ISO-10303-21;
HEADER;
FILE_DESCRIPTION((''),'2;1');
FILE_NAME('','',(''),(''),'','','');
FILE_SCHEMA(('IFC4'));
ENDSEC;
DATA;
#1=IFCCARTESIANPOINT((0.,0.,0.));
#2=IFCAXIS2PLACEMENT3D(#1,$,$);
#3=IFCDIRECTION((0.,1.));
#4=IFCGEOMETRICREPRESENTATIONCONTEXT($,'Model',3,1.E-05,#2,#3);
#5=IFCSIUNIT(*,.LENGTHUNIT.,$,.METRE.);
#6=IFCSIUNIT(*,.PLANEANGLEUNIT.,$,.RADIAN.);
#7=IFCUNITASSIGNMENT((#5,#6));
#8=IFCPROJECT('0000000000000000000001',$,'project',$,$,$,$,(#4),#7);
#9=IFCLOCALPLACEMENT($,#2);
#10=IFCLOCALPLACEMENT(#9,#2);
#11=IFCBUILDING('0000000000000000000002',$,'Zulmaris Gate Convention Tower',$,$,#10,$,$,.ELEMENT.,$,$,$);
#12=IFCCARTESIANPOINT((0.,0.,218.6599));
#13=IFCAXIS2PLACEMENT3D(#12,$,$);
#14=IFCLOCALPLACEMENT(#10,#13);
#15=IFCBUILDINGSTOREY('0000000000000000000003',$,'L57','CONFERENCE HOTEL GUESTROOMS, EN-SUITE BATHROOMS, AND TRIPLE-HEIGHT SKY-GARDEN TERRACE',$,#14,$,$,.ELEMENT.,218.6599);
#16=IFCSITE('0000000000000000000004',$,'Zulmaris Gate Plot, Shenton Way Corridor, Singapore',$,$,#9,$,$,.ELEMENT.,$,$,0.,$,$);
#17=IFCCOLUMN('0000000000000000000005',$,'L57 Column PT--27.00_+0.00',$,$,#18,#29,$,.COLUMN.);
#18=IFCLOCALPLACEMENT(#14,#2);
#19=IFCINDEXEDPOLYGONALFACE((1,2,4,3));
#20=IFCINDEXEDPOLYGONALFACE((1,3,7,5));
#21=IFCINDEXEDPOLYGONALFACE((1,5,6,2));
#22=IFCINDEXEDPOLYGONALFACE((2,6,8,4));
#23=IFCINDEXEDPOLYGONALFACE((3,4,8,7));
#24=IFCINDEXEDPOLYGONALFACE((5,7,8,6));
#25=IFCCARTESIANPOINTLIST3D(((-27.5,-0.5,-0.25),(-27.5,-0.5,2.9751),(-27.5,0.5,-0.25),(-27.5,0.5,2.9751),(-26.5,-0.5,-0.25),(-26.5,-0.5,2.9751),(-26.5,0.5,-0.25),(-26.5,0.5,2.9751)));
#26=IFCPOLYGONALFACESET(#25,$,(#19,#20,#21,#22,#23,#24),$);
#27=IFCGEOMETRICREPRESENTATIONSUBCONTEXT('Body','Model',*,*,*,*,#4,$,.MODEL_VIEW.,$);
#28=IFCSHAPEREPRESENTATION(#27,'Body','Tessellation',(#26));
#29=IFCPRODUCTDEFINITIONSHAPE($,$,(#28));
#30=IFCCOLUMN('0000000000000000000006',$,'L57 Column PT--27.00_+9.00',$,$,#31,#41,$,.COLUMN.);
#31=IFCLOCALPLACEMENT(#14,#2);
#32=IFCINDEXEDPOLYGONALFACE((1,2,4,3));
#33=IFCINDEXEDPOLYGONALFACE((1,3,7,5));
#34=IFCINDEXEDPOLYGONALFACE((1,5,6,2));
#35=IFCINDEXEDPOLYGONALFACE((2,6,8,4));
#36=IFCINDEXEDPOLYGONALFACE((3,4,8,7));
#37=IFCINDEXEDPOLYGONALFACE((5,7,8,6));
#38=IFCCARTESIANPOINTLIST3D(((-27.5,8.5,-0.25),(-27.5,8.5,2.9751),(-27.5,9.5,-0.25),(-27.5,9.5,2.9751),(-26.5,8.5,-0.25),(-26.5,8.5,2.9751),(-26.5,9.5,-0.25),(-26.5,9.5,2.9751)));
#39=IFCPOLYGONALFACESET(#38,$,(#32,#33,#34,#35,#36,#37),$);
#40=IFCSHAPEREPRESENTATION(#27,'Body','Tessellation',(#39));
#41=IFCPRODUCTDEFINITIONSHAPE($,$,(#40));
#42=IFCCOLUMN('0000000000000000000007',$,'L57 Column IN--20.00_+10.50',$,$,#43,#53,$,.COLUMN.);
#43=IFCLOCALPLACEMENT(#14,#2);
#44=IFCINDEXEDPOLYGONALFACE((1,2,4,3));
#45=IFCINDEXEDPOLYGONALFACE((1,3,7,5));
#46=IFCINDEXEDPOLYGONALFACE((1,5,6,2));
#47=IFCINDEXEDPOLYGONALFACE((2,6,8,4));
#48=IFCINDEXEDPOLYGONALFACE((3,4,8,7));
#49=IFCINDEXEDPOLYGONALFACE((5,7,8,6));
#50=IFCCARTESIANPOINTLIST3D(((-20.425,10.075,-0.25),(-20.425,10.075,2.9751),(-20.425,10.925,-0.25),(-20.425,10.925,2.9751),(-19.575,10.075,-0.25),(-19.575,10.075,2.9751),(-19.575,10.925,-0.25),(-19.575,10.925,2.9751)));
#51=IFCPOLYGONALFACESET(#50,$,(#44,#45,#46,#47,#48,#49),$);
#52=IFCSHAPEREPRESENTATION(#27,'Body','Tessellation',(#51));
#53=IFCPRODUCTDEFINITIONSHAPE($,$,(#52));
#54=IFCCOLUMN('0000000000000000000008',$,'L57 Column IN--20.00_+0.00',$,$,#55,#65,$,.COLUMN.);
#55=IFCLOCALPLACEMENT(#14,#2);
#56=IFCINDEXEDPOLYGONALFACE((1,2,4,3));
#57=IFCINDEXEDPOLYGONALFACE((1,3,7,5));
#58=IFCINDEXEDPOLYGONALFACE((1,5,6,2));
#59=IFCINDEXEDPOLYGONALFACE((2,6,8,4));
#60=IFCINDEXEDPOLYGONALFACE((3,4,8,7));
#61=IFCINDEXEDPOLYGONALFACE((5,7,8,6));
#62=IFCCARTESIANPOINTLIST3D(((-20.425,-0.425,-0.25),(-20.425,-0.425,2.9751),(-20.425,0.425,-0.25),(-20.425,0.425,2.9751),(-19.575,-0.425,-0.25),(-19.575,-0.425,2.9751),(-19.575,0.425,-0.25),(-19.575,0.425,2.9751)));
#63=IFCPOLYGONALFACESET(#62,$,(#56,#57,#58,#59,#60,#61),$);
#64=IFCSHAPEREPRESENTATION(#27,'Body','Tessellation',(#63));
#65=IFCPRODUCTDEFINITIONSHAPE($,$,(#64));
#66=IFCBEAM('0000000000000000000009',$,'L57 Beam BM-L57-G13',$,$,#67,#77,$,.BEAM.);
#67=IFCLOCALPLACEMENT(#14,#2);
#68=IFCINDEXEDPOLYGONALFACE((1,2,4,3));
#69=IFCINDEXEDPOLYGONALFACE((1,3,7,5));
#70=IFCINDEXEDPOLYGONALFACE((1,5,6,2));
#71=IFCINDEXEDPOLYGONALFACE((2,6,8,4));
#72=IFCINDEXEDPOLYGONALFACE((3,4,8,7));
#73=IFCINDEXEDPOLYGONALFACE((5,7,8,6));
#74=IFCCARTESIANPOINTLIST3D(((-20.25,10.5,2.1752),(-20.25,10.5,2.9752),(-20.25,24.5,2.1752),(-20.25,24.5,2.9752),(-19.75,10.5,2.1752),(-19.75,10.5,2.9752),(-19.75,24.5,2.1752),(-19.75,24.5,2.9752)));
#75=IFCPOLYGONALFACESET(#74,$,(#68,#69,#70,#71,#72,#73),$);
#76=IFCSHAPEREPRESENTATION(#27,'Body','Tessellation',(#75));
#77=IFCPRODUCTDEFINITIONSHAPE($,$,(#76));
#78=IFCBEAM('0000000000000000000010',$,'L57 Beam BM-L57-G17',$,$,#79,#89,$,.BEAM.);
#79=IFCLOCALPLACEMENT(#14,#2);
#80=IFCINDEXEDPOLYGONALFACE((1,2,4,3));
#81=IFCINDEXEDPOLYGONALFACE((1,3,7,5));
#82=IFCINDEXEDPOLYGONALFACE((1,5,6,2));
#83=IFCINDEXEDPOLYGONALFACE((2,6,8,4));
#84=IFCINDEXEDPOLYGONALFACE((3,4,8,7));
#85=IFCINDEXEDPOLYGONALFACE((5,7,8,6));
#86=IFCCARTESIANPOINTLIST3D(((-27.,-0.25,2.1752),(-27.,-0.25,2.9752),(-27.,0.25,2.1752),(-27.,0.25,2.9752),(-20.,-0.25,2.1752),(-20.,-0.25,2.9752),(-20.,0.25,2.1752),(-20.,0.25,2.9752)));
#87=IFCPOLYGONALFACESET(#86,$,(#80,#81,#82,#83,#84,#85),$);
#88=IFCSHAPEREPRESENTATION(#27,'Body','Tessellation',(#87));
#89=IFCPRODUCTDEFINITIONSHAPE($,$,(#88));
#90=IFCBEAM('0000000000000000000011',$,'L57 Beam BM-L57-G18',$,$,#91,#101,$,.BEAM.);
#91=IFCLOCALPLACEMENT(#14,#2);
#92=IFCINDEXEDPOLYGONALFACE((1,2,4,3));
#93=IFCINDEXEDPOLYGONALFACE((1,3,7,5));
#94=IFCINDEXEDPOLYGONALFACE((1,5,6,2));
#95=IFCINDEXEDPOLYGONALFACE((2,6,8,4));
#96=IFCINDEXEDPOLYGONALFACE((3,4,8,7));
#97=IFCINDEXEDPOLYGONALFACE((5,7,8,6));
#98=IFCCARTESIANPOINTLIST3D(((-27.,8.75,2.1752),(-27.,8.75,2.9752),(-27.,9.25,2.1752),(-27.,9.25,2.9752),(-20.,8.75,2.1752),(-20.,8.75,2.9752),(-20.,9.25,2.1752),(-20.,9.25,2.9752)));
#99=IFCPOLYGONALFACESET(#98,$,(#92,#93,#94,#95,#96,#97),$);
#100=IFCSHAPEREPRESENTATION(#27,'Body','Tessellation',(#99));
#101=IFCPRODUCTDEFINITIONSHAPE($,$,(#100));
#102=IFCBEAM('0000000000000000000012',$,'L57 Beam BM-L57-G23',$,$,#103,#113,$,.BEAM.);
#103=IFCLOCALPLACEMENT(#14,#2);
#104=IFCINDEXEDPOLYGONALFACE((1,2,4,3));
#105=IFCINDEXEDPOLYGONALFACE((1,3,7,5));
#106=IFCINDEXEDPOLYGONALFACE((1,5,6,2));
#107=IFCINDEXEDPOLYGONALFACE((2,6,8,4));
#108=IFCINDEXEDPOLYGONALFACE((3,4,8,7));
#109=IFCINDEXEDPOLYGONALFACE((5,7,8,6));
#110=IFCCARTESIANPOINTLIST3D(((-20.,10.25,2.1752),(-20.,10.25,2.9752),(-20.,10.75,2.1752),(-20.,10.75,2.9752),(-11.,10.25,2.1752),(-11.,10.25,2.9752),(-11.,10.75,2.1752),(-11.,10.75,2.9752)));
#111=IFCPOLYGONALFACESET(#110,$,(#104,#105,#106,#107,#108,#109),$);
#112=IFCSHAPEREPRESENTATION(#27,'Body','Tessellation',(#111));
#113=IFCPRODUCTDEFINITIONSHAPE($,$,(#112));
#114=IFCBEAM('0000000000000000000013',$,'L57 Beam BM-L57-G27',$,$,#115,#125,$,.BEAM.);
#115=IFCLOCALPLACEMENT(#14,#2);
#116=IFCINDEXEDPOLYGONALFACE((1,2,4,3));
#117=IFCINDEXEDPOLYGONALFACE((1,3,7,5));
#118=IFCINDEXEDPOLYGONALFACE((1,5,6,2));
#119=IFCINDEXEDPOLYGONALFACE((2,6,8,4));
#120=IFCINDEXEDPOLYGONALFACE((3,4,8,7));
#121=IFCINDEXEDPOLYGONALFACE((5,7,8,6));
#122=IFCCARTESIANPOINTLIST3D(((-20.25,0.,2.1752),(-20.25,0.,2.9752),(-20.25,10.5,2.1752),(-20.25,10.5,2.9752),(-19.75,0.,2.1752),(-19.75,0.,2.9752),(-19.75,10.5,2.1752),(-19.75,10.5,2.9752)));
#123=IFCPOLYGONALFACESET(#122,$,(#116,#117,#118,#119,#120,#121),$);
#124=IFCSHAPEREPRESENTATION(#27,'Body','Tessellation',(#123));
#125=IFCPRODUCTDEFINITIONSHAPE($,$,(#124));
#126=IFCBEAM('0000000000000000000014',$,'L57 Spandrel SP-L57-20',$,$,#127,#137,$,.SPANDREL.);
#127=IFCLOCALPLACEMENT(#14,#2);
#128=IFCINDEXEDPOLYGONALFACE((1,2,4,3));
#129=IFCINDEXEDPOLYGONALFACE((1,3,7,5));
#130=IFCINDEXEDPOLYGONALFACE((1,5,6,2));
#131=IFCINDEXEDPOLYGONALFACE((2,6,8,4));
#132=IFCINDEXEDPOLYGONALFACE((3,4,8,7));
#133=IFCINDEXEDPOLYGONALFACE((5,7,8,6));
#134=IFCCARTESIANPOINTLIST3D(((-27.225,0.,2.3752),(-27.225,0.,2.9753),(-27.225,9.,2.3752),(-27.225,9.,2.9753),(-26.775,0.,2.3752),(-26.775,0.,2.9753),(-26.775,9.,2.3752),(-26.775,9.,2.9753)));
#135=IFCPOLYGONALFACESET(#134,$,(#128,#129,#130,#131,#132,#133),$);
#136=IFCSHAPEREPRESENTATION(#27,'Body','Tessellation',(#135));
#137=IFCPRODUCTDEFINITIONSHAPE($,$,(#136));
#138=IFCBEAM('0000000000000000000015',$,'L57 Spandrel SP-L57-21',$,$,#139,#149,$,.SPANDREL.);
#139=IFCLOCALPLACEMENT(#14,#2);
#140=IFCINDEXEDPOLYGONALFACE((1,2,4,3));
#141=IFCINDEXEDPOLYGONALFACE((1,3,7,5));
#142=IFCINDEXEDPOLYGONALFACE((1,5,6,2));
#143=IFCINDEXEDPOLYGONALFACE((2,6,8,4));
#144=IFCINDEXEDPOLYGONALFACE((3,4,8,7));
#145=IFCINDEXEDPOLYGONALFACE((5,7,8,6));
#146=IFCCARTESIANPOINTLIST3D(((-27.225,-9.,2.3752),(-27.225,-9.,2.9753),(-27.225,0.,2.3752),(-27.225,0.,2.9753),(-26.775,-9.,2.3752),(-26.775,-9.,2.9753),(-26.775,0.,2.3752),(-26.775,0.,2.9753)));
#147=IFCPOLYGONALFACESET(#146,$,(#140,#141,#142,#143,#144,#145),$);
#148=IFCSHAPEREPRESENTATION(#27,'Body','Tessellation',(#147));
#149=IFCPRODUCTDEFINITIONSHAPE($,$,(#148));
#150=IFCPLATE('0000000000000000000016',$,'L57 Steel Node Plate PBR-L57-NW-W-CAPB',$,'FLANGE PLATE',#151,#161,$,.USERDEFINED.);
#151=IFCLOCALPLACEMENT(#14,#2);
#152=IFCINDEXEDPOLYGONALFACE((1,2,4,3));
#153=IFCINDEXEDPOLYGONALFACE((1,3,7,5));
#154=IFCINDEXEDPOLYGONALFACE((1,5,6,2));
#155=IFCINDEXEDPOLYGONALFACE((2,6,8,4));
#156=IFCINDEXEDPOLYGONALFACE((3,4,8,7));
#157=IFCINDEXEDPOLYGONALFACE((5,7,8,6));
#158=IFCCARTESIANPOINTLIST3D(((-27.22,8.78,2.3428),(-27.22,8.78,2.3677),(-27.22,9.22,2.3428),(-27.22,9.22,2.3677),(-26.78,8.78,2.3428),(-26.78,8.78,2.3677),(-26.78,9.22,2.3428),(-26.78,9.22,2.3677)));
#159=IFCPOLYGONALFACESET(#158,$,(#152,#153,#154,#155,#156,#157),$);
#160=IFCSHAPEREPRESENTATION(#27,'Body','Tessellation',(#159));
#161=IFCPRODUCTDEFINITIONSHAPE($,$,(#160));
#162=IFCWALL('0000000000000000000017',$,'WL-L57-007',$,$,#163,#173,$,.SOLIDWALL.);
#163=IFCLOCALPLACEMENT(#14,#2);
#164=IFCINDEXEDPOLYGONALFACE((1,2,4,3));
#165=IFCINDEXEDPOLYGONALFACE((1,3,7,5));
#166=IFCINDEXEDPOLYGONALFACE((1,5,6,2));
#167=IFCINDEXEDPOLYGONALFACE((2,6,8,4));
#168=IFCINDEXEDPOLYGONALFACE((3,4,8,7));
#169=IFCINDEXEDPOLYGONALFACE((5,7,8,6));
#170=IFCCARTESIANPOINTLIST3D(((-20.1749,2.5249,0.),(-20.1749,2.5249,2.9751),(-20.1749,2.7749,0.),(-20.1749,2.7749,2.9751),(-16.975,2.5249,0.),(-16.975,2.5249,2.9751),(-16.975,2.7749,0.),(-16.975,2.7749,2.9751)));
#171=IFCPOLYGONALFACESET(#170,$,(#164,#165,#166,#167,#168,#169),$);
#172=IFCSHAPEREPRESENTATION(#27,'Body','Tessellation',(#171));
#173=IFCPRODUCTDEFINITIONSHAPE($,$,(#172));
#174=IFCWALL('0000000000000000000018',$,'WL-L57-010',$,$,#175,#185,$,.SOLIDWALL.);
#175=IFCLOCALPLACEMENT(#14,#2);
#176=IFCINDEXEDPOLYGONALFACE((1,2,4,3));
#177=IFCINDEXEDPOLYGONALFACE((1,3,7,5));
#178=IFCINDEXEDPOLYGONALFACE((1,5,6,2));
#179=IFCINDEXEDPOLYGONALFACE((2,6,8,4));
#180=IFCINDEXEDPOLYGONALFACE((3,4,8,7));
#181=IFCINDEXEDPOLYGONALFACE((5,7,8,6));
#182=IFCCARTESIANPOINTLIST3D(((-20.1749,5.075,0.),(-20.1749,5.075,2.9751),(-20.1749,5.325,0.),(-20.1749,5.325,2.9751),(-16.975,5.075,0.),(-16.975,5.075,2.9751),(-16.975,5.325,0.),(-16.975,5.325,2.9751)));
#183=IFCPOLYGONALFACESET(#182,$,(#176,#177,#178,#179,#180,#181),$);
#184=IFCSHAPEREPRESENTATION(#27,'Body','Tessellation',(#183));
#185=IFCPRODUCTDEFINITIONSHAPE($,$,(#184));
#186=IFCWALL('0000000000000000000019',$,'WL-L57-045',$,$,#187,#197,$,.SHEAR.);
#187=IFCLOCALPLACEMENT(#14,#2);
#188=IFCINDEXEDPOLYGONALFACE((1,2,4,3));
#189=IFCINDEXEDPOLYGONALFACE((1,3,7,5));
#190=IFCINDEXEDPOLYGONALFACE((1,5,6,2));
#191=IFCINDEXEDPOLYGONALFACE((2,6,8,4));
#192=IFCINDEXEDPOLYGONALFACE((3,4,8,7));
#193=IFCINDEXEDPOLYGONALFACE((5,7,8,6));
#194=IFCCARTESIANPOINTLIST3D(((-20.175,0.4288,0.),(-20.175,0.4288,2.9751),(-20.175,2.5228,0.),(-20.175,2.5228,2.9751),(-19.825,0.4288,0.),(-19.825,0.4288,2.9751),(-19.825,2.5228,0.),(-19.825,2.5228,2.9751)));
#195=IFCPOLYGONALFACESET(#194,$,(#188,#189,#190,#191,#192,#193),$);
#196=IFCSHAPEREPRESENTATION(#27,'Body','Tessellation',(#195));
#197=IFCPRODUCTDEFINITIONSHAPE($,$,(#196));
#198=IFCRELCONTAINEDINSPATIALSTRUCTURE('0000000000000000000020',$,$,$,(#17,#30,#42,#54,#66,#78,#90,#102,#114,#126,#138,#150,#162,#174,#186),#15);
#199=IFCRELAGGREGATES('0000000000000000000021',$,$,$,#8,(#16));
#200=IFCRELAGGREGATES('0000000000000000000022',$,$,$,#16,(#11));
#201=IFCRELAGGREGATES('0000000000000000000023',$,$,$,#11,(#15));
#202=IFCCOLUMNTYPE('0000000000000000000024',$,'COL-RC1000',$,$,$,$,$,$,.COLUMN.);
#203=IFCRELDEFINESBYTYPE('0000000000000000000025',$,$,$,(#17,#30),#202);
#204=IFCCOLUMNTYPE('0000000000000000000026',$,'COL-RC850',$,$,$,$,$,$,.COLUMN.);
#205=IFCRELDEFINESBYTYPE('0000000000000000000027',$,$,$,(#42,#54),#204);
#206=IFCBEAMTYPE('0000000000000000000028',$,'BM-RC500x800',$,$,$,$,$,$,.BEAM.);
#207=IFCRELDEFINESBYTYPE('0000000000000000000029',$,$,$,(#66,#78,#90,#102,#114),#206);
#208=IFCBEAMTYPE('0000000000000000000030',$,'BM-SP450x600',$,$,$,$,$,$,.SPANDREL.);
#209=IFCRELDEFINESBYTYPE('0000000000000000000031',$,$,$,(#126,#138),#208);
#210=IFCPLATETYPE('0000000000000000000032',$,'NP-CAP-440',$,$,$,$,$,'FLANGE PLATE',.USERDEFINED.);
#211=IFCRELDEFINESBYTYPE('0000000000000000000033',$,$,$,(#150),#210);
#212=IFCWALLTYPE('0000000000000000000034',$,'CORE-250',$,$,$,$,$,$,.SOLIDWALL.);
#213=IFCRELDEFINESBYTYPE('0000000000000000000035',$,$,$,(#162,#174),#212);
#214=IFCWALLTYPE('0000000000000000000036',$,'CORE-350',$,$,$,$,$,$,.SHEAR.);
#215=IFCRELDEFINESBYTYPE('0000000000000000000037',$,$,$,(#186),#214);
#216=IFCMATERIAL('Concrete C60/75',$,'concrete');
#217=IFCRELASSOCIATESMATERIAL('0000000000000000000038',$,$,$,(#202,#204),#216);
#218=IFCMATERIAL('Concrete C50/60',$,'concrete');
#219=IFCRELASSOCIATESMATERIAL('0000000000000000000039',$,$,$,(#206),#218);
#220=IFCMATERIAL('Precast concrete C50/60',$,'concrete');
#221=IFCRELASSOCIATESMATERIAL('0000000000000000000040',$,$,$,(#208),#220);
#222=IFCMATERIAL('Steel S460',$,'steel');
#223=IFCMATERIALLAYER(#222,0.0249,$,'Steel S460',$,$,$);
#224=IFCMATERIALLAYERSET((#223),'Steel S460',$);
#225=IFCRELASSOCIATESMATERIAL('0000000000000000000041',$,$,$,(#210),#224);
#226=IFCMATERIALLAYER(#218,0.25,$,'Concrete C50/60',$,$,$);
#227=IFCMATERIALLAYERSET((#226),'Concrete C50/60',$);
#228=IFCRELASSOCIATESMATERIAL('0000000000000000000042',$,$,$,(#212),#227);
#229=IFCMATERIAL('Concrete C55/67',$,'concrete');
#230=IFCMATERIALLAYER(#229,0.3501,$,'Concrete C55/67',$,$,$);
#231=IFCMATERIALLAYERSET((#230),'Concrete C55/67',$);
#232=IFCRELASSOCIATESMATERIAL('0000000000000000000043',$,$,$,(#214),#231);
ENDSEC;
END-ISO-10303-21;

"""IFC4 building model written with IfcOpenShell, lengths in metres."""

from ifc_helpers import new_model, si_unit, direction, frame, frame_2d, origin, origin_2d, place, context, subcontext, project, spatial, rectangle, extrude, material, layer, layer_set, material_profile, profile_set, type_object, element, save


model = new_model("IFC4")

# Units and contexts
model_context = context("Model", 3, precision=1e-05, world=origin(), true_north=direction((0.0, 1.0)))
body_context = subcontext(model_context, "Body", "Model", "MODEL_VIEW")
ifc_project = project(units=[si_unit("LENGTHUNIT", "METRE"), si_unit("PLANEANGLEUNIT", "RADIAN")], contexts=[model_context])

# Site, building, storey
site_placement = place(None, origin())
site = spatial("IfcSite", under=ifc_project, at=site_placement, Name="Zulmaris Gate Plot, Shenton Way Corridor, Singapore", CompositionType="ELEMENT", RefElevation=0.0)
building_placement = place(site_placement, origin())
building = spatial("IfcBuilding", under=site, at=building_placement, Name="Zulmaris Gate Convention Tower", CompositionType="ELEMENT")
storey_placement = place(building_placement, frame((0.0, 0.0, 218.6599)))
storey = spatial("IfcBuildingStorey", under=building, at=storey_placement, Name="L57", Description="CONFERENCE HOTEL GUESTROOMS, EN-SUITE BATHROOMS, AND TRIPLE-HEIGHT SKY-GARDEN TERRACE", CompositionType="ELEMENT", Elevation=218.6599)

# Columns
ifc_material_1 = material(Name="Concrete C60/75", Category="concrete")
ifc_material_profile_1 = material_profile(ifc_material_1, rectangle(XDim=1.0, YDim=1.0, at=origin_2d()), Name="RC COL 1000x1000")
ifc_profile_set_1 = profile_set([ifc_material_profile_1], Name="Concrete C60/75")
column_type_1 = type_object("IfcColumnType", Name="COL-RC1000", PredefinedType="COLUMN", material=ifc_profile_set_1)
for number, where, z_axis, x_axis, name in (
    (1, (-27.0, 0.0, -0.25), (0.0, 0.0, 1.0), (1.0, 0.0, 0.0), "L57 Column PT--27.00_+0.00"),
    (2, (-27.0, 9.0, -0.25), (0.0, 0.0, 1.0), (1.0, 0.0, 0.0), "L57 Column PT--27.00_+9.00"),
):
    element("IfcColumn", number, at=place(storey_placement, frame(where, z_axis=z_axis, x_axis=x_axis)), inside=storey, type_object=column_type_1, Name=name, PredefinedType="COLUMN", context=body_context, shape_type="SweptSolid", body=[
        extrude(rectangle(XDim=1.0, YDim=1.0, at=origin_2d()), origin(), (0.0, 0.0, 1.0), 3.2251),
    ])
ifc_material_profile_2 = material_profile(ifc_material_1, rectangle(XDim=0.8501, YDim=0.8501, at=origin_2d()), Name="RC COL 850x850")
ifc_profile_set_2 = profile_set([ifc_material_profile_2], Name="Concrete C60/75")
column_type_2 = type_object("IfcColumnType", Name="COL-RC850", PredefinedType="COLUMN", material=ifc_profile_set_2)
for number, where, z_axis, x_axis, name in (
    (3, (-20.0, 10.5, -0.25), (0.0, 0.0, 1.0), (1.0, 0.0, 0.0), "L57 Column IN--20.00_+10.50"),
    (4, (-20.0, 0.0, -0.25), (0.0, 0.0, 1.0), (1.0, 0.0, 0.0), "L57 Column IN--20.00_+0.00"),
):
    element("IfcColumn", number, at=place(storey_placement, frame(where, z_axis=z_axis, x_axis=x_axis)), inside=storey, type_object=column_type_2, Name=name, PredefinedType="COLUMN", context=body_context, shape_type="SweptSolid", body=[
        extrude(rectangle(XDim=0.8501, YDim=0.8501, at=origin_2d()), origin(), (0.0, 0.0, 1.0), 3.2251),
    ])

# Beams
ifc_material_2 = material(Name="Concrete C50/60", Category="concrete")
ifc_material_profile_3 = material_profile(ifc_material_2, rectangle(XDim=0.5, YDim=0.8, at=origin_2d()), Name="RC BEAM 500x800")
ifc_profile_set_3 = profile_set([ifc_material_profile_3], Name="Concrete C50/60")
beam_type_1 = type_object("IfcBeamType", Name="BM-RC500x800", PredefinedType="BEAM", material=ifc_profile_set_3)
beam_1_placement = place(storey_placement, frame((-20.0, 10.5, 2.5752), z_axis=(0.0, 1.0, 0.0), x_axis=(-1.0, 0.0, 0.0)))
element("IfcBeam", 5, at=beam_1_placement, inside=storey, type_object=beam_type_1, Name="L57 Beam BM-L57-G13", PredefinedType="BEAM", context=body_context, shape_type="SweptSolid", body=[
    extrude(rectangle(XDim=0.5, YDim=0.8, at=origin_2d()), origin(), (0.0, 0.0, 1.0), 14.0),
])
for number, where, z_axis, x_axis, name in (
    (6, (-27.0, 0.0, 2.5752), (1.0, 0.0, 0.0), (0.0, 1.0, 0.0), "L57 Beam BM-L57-G17"),
    (7, (-27.0, 9.0, 2.5752), (1.0, 0.0, 0.0), (0.0, 1.0, 0.0), "L57 Beam BM-L57-G18"),
):
    element("IfcBeam", number, at=place(storey_placement, frame(where, z_axis=z_axis, x_axis=x_axis)), inside=storey, type_object=beam_type_1, Name=name, PredefinedType="BEAM", context=body_context, shape_type="SweptSolid", body=[
        extrude(rectangle(XDim=0.5, YDim=0.8, at=origin_2d()), origin(), (0.0, 0.0, 1.0), 7.0),
    ])
beam_2_placement = place(storey_placement, frame((-20.0, 10.5, 2.5752), z_axis=(1.0, 0.0, 0.0), x_axis=(0.0, 1.0, 0.0)))
element("IfcBeam", 8, at=beam_2_placement, inside=storey, type_object=beam_type_1, Name="L57 Beam BM-L57-G23", PredefinedType="BEAM", context=body_context, shape_type="SweptSolid", body=[
    extrude(rectangle(XDim=0.5, YDim=0.8, at=origin_2d()), origin(), (0.0, 0.0, 1.0), 9.0),
])
beam_3_placement = place(storey_placement, frame((-20.0, 0.0, 2.5752), z_axis=(0.0, 1.0, 0.0), x_axis=(-1.0, 0.0, 0.0)))
element("IfcBeam", 9, at=beam_3_placement, inside=storey, type_object=beam_type_1, Name="L57 Beam BM-L57-G27", PredefinedType="BEAM", context=body_context, shape_type="SweptSolid", body=[
    extrude(rectangle(XDim=0.5, YDim=0.8, at=origin_2d()), origin(), (0.0, 0.0, 1.0), 10.5),
])
ifc_material_3 = material(Name="Precast concrete C50/60", Category="concrete")
ifc_material_profile_4 = material_profile(ifc_material_3, rectangle(XDim=0.45, YDim=0.6001, at=origin_2d()), Name="RC SPANDREL 450x600")
ifc_profile_set_4 = profile_set([ifc_material_profile_4], Name="Precast concrete C50/60")
beam_type_2 = type_object("IfcBeamType", Name="BM-SP450x600", PredefinedType="SPANDREL", material=ifc_profile_set_4)
for number, where, z_axis, x_axis, name in (
    (10, (-27.0, 9.0, 2.6753), (0.0, -1.0, 0.0), (1.0, 0.0, 0.0), "L57 Spandrel SP-L57-20"),
    (11, (-27.0, 0.0, 2.6753), (0.0, -1.0, 0.0), (1.0, 0.0, 0.0), "L57 Spandrel SP-L57-21"),
):
    element("IfcBeam", number, at=place(storey_placement, frame(where, z_axis=z_axis, x_axis=x_axis)), inside=storey, type_object=beam_type_2, Name=name, PredefinedType="SPANDREL", context=body_context, shape_type="SweptSolid", body=[
        extrude(rectangle(XDim=0.45, YDim=0.6001, at=origin_2d()), origin(), (0.0, 0.0, 1.0), 9.0),
    ])

# Plate
ifc_material_4 = material(Name="Steel S460", Category="steel")
ifc_layer_1 = layer(ifc_material_4, 0.0249, Name="Steel S460")
ifc_layer_set_1 = layer_set([ifc_layer_1], Name="Steel S460")
plate_type = type_object("IfcPlateType", Name="NP-CAP-440", ElementType="FLANGE PLATE", PredefinedType="USERDEFINED", material=ifc_layer_set_1)
plate_placement = place(storey_placement, frame((-27.0, 9.0, 2.3428), z_axis=(0.0, 0.0, 1.0), x_axis=(1.0, 0.0, 0.0)))
element("IfcPlate", 12, at=plate_placement, inside=storey, type_object=plate_type, Name="L57 Steel Node Plate PBR-L57-NW-W-CAPB", ObjectType="FLANGE PLATE", PredefinedType="USERDEFINED", context=body_context, shape_type="SweptSolid", body=[
    extrude(rectangle(XDim=0.4399, YDim=0.4399, at=origin_2d()), origin(), (0.0, 0.0, 1.0), 0.0249),
])

# Walls
ifc_layer_2 = layer(ifc_material_2, 0.25, Name="Concrete C50/60")
ifc_layer_set_2 = layer_set([ifc_layer_2], Name="Concrete C50/60")
wall_type_1 = type_object("IfcWallType", Name="CORE-250", PredefinedType="SOLIDWALL", material=ifc_layer_set_2)
for number, where, z_axis, x_axis, name in (
    (13, (-20.175, 2.6499, 0.0), (0.0, 0.0, 1.0), (1.0, 0.0, 0.0), "WL-L57-007"),
    (14, (-20.175, 5.2, 0.0), (0.0, 0.0, 1.0), (1.0, 0.0, 0.0), "WL-L57-010"),
):
    element("IfcWall", number, at=place(storey_placement, frame(where, z_axis=z_axis, x_axis=x_axis)), inside=storey, type_object=wall_type_1, Name=name, PredefinedType="SOLIDWALL", context=body_context, shape_type="SweptSolid", body=[
        extrude(rectangle(XDim=3.2, YDim=0.25, at=frame_2d((1.6001, 0.0))), origin(), (0.0, 0.0, 1.0), 2.9751),
    ])
ifc_material_5 = material(Name="Concrete C55/67", Category="concrete")
ifc_layer_3 = layer(ifc_material_5, 0.3501, Name="Concrete C55/67")
ifc_layer_set_3 = layer_set([ifc_layer_3], Name="Concrete C55/67")
wall_type_2 = type_object("IfcWallType", Name="CORE-350", PredefinedType="SHEAR", material=ifc_layer_set_3)
wall_1_placement = place(storey_placement, frame((-20.0, 0.429, 0.0), z_axis=(0.0, 0.0, 1.0), x_axis=(0.0, 1.0, 0.0)))
element("IfcWall", 15, at=wall_1_placement, inside=storey, type_object=wall_type_2, Name="WL-L57-045", PredefinedType="SHEAR", context=body_context, shape_type="SweptSolid", body=[
    extrude(rectangle(XDim=2.094, YDim=0.3501, at=frame_2d((1.0469, 0.0))), origin(), (0.0, 0.0, 1.0), 2.9751),
])

save(model, "model.ifc")
